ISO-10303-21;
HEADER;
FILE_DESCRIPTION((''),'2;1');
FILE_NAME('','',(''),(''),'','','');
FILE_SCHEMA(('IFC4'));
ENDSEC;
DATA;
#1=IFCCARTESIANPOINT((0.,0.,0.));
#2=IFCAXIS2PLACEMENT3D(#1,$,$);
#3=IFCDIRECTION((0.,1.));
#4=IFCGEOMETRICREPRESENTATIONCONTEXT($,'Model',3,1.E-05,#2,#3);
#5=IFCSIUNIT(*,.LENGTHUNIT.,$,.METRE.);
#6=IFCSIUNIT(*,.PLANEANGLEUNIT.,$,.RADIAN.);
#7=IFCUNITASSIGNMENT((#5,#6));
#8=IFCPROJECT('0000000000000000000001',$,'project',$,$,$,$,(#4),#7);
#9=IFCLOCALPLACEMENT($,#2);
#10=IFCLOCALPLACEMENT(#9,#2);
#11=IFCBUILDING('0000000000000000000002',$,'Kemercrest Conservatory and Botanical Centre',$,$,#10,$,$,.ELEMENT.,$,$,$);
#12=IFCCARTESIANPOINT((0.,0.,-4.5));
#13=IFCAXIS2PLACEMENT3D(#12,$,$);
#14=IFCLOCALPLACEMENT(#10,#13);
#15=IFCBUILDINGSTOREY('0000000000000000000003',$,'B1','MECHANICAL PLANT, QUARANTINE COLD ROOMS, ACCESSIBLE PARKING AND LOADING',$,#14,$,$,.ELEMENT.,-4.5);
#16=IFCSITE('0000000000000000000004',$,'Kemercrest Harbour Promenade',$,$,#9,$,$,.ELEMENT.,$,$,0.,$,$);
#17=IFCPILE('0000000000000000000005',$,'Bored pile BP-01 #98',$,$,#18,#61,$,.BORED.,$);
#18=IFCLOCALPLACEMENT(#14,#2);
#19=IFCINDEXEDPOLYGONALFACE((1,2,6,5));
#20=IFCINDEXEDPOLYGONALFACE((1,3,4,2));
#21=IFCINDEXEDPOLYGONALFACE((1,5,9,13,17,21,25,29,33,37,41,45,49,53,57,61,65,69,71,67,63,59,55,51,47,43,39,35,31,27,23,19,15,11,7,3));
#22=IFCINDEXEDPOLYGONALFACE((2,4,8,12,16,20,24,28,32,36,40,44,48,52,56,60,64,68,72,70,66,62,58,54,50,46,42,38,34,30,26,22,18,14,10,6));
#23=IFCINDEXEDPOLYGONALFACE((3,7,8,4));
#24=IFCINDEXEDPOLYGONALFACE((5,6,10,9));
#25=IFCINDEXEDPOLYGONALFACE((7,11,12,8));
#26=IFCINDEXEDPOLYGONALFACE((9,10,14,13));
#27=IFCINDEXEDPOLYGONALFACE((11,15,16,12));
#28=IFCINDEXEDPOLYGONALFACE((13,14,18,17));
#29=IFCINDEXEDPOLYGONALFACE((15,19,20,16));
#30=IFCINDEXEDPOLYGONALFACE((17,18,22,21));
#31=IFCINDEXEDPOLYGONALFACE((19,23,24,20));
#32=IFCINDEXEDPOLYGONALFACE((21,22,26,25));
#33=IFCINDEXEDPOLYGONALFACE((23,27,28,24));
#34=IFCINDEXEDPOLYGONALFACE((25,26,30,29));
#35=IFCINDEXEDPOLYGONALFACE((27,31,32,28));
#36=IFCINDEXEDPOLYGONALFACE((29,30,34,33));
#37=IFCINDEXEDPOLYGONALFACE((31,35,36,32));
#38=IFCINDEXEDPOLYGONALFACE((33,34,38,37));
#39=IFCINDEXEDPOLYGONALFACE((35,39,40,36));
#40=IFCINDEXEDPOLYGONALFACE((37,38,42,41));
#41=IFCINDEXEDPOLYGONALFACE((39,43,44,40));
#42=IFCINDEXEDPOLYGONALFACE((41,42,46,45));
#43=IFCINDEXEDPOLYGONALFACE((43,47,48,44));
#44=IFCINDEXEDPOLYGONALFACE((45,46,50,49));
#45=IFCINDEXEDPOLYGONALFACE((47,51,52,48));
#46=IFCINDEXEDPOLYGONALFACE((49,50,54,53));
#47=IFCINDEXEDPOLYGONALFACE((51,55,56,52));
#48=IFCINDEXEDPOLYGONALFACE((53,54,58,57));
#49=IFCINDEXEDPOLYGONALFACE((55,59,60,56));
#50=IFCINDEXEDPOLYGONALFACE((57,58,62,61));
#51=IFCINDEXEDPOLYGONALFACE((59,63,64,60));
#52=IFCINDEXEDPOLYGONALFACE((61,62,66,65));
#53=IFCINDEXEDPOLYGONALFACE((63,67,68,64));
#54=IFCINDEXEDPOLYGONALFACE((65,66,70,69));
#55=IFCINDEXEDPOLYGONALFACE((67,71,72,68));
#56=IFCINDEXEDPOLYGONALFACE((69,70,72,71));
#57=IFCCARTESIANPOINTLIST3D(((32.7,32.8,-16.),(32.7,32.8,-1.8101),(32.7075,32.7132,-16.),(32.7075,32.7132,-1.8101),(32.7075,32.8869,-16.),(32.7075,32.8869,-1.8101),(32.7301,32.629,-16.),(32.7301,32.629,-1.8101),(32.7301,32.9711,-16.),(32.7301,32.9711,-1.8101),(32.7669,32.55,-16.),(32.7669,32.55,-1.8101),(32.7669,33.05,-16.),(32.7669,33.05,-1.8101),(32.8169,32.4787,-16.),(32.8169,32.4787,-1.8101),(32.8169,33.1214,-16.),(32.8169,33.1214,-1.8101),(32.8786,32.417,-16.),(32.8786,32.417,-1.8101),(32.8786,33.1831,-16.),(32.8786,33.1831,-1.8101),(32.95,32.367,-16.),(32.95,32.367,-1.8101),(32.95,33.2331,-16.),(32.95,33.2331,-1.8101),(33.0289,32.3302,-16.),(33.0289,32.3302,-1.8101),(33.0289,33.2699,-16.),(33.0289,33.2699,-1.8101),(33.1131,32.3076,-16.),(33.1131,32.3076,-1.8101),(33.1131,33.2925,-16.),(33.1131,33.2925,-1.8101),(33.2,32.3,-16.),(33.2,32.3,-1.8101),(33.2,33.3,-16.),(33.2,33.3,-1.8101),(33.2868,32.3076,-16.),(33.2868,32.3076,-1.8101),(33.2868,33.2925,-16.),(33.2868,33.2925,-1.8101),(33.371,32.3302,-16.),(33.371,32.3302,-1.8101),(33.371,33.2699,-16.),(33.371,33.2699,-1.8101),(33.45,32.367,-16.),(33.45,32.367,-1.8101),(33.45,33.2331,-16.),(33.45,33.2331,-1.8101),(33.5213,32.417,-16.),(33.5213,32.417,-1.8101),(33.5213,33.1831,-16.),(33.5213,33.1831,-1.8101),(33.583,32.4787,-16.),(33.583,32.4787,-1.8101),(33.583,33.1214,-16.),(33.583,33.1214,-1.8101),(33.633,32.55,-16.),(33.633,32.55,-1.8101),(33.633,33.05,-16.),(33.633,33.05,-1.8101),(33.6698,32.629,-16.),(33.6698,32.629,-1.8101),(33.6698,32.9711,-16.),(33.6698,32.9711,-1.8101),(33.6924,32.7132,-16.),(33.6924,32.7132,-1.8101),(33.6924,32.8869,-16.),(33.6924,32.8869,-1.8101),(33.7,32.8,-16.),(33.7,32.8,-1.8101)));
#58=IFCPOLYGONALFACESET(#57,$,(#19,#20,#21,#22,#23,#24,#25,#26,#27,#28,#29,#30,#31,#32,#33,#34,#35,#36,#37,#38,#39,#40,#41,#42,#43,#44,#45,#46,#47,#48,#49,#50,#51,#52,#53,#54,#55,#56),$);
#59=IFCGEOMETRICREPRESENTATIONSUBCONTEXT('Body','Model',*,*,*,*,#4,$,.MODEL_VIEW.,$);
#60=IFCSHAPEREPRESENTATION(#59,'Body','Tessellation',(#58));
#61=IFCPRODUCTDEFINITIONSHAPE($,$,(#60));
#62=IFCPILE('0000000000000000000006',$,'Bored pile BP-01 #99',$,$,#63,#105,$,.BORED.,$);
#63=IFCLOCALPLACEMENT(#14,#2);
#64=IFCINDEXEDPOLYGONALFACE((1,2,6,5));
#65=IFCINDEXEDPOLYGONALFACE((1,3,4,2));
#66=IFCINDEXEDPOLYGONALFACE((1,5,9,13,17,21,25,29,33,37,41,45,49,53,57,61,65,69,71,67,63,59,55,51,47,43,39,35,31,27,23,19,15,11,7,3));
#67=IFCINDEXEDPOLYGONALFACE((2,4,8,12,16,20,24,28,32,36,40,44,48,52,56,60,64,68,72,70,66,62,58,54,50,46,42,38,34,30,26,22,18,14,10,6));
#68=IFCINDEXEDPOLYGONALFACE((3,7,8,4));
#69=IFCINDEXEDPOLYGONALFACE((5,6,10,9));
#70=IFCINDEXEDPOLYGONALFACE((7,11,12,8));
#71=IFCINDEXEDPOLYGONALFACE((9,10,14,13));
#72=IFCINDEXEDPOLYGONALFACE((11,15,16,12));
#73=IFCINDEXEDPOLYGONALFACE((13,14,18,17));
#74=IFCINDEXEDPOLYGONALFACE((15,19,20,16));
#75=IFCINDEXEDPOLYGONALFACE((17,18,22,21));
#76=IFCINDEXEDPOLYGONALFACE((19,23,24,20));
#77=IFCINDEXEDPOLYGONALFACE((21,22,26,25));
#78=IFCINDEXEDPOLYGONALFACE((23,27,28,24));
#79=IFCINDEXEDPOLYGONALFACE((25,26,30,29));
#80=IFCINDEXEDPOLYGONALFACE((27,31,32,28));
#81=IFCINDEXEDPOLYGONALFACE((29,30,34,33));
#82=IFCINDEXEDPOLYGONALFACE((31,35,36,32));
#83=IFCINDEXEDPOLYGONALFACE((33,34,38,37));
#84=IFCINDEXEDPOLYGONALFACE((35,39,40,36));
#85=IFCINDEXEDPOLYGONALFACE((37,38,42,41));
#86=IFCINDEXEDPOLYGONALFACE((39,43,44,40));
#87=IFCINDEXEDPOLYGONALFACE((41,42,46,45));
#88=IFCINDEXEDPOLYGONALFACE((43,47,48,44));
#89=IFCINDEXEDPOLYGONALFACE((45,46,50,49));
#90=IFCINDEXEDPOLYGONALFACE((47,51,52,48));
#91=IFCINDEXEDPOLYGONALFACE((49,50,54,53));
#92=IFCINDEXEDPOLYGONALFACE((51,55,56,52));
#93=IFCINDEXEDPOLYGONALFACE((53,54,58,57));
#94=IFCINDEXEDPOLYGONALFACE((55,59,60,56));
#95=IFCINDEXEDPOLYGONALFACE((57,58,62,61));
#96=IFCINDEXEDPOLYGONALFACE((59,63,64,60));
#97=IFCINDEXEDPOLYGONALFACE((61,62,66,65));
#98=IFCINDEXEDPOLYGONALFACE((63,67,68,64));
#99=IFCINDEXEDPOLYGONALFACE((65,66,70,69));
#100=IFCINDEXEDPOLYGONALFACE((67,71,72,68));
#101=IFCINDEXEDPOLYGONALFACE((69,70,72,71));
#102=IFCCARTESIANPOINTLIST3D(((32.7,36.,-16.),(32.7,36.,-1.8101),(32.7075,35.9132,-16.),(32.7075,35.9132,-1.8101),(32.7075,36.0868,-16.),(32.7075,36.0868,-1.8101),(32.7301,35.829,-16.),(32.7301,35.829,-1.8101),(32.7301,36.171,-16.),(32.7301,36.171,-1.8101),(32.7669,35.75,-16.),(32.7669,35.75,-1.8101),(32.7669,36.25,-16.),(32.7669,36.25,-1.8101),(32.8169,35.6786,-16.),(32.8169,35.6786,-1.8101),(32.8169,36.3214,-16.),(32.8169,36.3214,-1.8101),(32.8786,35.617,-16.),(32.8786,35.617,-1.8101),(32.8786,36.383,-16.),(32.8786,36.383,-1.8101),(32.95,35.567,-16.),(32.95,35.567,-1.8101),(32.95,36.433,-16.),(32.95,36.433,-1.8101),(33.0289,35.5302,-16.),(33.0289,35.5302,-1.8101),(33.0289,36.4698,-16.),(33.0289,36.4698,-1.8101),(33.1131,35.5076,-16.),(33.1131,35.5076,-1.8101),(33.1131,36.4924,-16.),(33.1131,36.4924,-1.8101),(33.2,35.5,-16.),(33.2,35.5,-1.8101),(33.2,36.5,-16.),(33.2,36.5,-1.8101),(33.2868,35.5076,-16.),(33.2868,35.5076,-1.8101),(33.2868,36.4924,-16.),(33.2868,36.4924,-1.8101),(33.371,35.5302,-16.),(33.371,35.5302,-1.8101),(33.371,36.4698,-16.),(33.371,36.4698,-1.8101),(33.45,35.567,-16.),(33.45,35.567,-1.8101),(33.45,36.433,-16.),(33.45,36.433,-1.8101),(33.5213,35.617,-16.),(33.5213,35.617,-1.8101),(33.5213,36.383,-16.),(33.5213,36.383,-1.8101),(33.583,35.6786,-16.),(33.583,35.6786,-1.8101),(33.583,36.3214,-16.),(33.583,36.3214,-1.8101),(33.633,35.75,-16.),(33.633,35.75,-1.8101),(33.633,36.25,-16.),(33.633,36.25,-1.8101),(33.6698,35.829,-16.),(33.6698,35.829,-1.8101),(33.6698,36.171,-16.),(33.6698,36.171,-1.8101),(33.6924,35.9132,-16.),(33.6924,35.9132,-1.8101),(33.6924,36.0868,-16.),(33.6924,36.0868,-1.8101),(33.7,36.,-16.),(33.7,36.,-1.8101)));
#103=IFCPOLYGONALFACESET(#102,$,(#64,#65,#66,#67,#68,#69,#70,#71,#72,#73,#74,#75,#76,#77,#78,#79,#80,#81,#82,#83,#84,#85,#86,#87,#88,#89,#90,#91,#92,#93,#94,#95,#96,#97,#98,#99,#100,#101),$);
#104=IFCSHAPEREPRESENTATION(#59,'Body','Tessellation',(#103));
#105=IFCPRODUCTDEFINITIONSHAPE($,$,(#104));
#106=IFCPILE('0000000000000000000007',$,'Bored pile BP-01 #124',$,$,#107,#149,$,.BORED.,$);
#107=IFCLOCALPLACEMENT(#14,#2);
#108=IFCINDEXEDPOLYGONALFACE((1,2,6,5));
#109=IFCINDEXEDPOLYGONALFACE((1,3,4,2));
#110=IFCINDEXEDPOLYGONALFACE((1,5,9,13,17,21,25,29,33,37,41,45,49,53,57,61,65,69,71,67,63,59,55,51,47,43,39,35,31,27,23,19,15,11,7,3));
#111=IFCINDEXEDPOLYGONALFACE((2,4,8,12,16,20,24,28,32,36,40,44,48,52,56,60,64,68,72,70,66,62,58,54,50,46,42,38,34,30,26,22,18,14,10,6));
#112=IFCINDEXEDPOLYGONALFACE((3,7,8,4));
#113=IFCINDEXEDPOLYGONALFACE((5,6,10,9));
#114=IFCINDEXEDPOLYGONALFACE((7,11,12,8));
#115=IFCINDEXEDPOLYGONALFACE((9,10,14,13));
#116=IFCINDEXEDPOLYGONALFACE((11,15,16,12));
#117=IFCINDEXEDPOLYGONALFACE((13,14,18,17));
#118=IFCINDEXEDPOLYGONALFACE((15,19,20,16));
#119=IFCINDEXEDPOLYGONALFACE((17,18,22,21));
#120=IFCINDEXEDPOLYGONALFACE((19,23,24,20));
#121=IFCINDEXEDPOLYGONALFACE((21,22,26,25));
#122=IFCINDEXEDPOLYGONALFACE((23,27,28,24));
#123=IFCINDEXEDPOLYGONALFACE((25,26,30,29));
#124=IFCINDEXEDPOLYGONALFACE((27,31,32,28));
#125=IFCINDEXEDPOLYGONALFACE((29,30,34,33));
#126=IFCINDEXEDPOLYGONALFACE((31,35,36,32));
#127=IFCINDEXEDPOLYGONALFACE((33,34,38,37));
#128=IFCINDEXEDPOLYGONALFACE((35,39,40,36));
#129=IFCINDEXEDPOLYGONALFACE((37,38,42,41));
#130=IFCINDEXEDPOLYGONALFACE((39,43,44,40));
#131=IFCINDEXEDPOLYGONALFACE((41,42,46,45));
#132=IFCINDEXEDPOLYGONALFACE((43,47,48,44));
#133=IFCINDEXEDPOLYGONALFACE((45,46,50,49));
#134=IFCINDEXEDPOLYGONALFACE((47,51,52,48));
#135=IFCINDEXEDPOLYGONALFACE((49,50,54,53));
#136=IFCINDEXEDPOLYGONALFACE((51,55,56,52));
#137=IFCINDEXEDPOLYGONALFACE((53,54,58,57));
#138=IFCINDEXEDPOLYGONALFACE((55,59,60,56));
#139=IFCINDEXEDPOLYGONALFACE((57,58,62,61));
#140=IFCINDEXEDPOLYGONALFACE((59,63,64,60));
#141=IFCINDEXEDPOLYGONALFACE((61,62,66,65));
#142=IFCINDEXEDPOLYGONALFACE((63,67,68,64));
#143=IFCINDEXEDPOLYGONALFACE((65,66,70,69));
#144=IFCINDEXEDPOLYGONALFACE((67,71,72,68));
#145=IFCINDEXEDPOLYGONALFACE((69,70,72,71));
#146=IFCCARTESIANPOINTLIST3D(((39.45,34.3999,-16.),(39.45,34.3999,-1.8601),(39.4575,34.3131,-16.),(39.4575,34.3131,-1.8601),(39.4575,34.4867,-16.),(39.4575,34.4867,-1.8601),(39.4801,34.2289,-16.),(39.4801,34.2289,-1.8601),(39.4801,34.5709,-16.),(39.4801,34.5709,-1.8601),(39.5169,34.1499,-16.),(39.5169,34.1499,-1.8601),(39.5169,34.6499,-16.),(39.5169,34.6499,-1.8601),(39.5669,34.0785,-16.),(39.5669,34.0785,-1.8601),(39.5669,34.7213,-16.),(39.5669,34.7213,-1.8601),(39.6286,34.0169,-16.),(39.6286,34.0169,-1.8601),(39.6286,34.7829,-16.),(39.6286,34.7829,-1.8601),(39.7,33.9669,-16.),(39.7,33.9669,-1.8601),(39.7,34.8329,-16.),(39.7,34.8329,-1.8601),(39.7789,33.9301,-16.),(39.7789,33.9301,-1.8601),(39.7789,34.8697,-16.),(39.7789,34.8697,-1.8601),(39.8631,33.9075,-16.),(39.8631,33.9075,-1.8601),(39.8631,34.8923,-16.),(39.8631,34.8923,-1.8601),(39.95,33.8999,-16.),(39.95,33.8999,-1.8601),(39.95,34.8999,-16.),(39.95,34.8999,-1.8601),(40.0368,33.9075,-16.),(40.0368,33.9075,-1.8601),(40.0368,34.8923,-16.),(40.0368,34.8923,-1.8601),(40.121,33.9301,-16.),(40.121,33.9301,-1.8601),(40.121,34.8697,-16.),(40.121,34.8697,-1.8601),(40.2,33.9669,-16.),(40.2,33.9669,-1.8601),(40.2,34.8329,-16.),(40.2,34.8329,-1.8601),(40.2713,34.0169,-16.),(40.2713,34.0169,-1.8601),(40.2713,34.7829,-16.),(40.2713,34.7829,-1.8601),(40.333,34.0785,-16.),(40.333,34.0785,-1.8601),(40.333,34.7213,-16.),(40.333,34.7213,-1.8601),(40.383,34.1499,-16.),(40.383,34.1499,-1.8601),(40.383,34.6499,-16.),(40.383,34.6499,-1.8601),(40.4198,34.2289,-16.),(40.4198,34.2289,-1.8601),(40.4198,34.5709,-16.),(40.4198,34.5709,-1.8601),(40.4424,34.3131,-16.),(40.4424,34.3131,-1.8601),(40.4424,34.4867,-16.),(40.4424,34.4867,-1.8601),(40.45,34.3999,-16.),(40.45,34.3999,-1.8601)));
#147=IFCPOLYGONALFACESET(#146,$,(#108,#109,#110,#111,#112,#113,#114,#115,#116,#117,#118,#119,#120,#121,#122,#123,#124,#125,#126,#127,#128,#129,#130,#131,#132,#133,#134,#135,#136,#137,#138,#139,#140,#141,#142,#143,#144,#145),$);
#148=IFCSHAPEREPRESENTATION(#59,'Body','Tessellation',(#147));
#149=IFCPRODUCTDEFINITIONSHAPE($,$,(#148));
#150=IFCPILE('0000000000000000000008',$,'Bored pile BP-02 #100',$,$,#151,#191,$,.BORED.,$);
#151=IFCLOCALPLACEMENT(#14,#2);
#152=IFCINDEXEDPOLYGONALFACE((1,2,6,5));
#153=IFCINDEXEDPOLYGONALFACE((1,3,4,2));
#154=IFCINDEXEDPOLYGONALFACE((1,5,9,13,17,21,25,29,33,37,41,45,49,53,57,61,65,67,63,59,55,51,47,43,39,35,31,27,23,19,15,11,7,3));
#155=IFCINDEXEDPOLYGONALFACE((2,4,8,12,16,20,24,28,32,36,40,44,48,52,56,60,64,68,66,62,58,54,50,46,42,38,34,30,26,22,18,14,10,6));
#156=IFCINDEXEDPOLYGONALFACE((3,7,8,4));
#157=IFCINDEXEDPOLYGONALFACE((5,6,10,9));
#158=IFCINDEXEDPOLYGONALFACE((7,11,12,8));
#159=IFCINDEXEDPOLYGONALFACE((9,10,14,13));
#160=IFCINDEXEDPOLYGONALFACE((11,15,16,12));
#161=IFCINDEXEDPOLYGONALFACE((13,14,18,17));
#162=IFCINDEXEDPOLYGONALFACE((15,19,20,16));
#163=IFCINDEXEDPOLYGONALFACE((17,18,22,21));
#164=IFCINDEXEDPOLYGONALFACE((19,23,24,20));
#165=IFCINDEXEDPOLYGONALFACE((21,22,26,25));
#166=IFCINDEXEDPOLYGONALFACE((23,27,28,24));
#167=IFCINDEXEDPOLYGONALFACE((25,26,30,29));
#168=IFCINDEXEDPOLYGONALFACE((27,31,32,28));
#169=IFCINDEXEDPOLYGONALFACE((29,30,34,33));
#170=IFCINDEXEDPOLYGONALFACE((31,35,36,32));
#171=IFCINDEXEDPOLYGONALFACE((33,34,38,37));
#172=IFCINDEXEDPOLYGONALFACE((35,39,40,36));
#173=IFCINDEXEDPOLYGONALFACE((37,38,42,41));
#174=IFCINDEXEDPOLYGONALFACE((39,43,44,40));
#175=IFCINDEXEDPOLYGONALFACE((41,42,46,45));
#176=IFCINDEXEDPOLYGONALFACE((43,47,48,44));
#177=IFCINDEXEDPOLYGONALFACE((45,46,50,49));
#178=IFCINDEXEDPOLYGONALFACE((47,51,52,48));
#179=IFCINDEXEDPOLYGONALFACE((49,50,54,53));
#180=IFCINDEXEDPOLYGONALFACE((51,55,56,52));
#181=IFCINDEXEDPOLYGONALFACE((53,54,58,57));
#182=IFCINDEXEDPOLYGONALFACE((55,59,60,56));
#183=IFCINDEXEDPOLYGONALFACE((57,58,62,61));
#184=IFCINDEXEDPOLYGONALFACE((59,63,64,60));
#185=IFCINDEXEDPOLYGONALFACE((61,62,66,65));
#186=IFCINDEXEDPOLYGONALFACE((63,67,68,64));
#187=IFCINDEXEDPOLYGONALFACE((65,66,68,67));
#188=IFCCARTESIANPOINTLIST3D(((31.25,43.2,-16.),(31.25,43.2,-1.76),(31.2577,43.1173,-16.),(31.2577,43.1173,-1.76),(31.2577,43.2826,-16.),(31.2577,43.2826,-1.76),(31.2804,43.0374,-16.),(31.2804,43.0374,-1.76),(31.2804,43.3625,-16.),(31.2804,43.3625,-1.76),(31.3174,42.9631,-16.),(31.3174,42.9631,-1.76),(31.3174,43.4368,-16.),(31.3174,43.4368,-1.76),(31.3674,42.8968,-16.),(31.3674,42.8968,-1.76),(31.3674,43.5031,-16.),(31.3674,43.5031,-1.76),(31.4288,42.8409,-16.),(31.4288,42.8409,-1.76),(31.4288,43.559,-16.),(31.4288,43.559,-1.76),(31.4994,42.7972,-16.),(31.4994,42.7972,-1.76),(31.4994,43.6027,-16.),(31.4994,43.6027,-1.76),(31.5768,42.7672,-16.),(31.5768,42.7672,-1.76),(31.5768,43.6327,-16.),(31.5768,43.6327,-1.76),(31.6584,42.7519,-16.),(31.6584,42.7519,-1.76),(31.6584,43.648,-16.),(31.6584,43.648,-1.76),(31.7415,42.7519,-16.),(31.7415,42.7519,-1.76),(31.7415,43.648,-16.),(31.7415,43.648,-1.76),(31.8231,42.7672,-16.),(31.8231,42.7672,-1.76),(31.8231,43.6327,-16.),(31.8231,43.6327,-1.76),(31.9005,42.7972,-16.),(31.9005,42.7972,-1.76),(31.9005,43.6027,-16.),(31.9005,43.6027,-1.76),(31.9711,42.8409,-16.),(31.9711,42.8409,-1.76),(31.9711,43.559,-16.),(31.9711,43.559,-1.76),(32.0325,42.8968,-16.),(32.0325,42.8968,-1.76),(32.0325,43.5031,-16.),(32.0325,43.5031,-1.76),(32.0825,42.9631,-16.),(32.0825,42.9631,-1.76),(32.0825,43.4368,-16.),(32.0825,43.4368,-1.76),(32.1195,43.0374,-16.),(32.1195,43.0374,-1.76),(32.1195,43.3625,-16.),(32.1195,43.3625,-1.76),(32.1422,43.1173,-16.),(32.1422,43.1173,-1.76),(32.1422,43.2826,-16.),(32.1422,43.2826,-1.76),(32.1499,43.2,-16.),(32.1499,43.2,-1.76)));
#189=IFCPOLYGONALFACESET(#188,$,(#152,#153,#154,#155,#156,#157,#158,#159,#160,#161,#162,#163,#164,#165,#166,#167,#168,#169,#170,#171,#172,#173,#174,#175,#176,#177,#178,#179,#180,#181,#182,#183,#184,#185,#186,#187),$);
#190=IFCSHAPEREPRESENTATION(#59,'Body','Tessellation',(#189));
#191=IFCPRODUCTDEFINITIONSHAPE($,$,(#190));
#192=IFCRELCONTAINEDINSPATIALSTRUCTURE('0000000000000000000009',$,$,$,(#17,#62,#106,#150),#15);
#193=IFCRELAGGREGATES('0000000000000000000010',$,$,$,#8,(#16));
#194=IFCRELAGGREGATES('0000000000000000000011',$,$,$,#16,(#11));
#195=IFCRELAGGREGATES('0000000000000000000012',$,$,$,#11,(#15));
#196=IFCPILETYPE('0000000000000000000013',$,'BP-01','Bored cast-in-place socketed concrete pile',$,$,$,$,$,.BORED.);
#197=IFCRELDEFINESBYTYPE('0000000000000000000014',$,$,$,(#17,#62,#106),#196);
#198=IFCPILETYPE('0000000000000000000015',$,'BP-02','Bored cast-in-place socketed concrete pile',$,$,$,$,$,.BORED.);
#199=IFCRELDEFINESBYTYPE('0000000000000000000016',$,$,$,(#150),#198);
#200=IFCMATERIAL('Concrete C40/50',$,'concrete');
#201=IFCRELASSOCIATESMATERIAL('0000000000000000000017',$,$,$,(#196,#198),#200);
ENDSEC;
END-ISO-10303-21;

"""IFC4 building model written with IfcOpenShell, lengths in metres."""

from ifc_helpers import new_model, si_unit, direction, frame, origin, origin_2d, place, context, subcontext, project, spatial, circle, extrude, material, material_profile, profile_set, type_object, element, save


model = new_model("IFC4")

# Units and contexts
model_context = context("Model", 3, precision=1e-05, world=origin(), true_north=direction((0.0, 1.0)))
body_context = subcontext(model_context, "Body", "Model", "MODEL_VIEW")
ifc_project = project(units=[si_unit("LENGTHUNIT", "METRE"), si_unit("PLANEANGLEUNIT", "RADIAN")], contexts=[model_context])

# Site, building, storey
site_placement = place(None, origin())
site = spatial("IfcSite", under=ifc_project, at=site_placement, Name="Kemercrest Harbour Promenade", CompositionType="ELEMENT", RefElevation=0.0)
building_placement = place(site_placement, origin())
building = spatial("IfcBuilding", under=site, at=building_placement, Name="Kemercrest Conservatory and Botanical Centre", CompositionType="ELEMENT")
storey_placement = place(building_placement, frame((0.0, 0.0, -4.5)))
storey = spatial("IfcBuildingStorey", under=building, at=storey_placement, Name="B1", Description="MECHANICAL PLANT, QUARANTINE COLD ROOMS, ACCESSIBLE PARKING AND LOADING", CompositionType="ELEMENT", Elevation=-4.5)

# Piles
ifc_material_1 = material(Name="Concrete C40/50", Category="concrete")
ifc_material_profile_1 = material_profile(ifc_material_1, circle(Radius=0.5, at=origin_2d()), Name="BORED PILE 1000")
ifc_profile_set_1 = profile_set([ifc_material_profile_1], Name="Concrete C40/50")
pile_type_1 = type_object("IfcPileType", Name="BP-01", Description="Bored cast-in-place socketed concrete pile", PredefinedType="BORED", material=ifc_profile_set_1)
for number, where, z_axis, x_axis, name in (
    (1, (33.2, 32.8, -1.8101), (0.0, 0.0, -1.0), (1.0, 0.0, 0.0), "Bored pile BP-01 #98"),
    (2, (33.2, 36.0, -1.8101), (0.0, 0.0, -1.0), (1.0, 0.0, 0.0), "Bored pile BP-01 #99"),
):
    element("IfcPile", number, at=place(storey_placement, frame(where, z_axis=z_axis, x_axis=x_axis)), inside=storey, type_object=pile_type_1, Name=name, PredefinedType="BORED", context=body_context, shape_type="SweptSolid", body=[
        extrude(circle(Radius=0.5, at=origin_2d()), origin(), (0.0, 0.0, 1.0), 14.1899),
    ])
pile_1_placement = place(storey_placement, frame((39.95, 34.3999, -1.8601), z_axis=(0.0, 0.0, -1.0), x_axis=(1.0, 0.0, 0.0)))
element("IfcPile", 3, at=pile_1_placement, inside=storey, type_object=pile_type_1, Name="Bored pile BP-01 #124", PredefinedType="BORED", context=body_context, shape_type="SweptSolid", body=[
    extrude(circle(Radius=0.5, at=origin_2d()), origin(), (0.0, 0.0, 1.0), 14.1399),
])
ifc_material_profile_2 = material_profile(ifc_material_1, circle(Radius=0.45, at=origin_2d()), Name="BORED PILE 900")
ifc_profile_set_2 = profile_set([ifc_material_profile_2], Name="Concrete C40/50")
pile_type_2 = type_object("IfcPileType", Name="BP-02", Description="Bored cast-in-place socketed concrete pile", PredefinedType="BORED", material=ifc_profile_set_2)
for number, where, z_axis, x_axis, name in (
    (4, (31.7, 43.2, -1.76), (0.0, 0.0, -1.0), (1.0, 0.0, 0.0), "Bored pile BP-02 #100"),
):
    element("IfcPile", number, at=place(storey_placement, frame(where, z_axis=z_axis, x_axis=x_axis)), inside=storey, type_object=pile_type_2, Name=name, PredefinedType="BORED", context=body_context, shape_type="SweptSolid", body=[
        extrude(circle(Radius=0.45, at=origin_2d()), origin(), (0.0, 0.0, 1.0), 14.24),
    ])

save(model, "model.ifc")
